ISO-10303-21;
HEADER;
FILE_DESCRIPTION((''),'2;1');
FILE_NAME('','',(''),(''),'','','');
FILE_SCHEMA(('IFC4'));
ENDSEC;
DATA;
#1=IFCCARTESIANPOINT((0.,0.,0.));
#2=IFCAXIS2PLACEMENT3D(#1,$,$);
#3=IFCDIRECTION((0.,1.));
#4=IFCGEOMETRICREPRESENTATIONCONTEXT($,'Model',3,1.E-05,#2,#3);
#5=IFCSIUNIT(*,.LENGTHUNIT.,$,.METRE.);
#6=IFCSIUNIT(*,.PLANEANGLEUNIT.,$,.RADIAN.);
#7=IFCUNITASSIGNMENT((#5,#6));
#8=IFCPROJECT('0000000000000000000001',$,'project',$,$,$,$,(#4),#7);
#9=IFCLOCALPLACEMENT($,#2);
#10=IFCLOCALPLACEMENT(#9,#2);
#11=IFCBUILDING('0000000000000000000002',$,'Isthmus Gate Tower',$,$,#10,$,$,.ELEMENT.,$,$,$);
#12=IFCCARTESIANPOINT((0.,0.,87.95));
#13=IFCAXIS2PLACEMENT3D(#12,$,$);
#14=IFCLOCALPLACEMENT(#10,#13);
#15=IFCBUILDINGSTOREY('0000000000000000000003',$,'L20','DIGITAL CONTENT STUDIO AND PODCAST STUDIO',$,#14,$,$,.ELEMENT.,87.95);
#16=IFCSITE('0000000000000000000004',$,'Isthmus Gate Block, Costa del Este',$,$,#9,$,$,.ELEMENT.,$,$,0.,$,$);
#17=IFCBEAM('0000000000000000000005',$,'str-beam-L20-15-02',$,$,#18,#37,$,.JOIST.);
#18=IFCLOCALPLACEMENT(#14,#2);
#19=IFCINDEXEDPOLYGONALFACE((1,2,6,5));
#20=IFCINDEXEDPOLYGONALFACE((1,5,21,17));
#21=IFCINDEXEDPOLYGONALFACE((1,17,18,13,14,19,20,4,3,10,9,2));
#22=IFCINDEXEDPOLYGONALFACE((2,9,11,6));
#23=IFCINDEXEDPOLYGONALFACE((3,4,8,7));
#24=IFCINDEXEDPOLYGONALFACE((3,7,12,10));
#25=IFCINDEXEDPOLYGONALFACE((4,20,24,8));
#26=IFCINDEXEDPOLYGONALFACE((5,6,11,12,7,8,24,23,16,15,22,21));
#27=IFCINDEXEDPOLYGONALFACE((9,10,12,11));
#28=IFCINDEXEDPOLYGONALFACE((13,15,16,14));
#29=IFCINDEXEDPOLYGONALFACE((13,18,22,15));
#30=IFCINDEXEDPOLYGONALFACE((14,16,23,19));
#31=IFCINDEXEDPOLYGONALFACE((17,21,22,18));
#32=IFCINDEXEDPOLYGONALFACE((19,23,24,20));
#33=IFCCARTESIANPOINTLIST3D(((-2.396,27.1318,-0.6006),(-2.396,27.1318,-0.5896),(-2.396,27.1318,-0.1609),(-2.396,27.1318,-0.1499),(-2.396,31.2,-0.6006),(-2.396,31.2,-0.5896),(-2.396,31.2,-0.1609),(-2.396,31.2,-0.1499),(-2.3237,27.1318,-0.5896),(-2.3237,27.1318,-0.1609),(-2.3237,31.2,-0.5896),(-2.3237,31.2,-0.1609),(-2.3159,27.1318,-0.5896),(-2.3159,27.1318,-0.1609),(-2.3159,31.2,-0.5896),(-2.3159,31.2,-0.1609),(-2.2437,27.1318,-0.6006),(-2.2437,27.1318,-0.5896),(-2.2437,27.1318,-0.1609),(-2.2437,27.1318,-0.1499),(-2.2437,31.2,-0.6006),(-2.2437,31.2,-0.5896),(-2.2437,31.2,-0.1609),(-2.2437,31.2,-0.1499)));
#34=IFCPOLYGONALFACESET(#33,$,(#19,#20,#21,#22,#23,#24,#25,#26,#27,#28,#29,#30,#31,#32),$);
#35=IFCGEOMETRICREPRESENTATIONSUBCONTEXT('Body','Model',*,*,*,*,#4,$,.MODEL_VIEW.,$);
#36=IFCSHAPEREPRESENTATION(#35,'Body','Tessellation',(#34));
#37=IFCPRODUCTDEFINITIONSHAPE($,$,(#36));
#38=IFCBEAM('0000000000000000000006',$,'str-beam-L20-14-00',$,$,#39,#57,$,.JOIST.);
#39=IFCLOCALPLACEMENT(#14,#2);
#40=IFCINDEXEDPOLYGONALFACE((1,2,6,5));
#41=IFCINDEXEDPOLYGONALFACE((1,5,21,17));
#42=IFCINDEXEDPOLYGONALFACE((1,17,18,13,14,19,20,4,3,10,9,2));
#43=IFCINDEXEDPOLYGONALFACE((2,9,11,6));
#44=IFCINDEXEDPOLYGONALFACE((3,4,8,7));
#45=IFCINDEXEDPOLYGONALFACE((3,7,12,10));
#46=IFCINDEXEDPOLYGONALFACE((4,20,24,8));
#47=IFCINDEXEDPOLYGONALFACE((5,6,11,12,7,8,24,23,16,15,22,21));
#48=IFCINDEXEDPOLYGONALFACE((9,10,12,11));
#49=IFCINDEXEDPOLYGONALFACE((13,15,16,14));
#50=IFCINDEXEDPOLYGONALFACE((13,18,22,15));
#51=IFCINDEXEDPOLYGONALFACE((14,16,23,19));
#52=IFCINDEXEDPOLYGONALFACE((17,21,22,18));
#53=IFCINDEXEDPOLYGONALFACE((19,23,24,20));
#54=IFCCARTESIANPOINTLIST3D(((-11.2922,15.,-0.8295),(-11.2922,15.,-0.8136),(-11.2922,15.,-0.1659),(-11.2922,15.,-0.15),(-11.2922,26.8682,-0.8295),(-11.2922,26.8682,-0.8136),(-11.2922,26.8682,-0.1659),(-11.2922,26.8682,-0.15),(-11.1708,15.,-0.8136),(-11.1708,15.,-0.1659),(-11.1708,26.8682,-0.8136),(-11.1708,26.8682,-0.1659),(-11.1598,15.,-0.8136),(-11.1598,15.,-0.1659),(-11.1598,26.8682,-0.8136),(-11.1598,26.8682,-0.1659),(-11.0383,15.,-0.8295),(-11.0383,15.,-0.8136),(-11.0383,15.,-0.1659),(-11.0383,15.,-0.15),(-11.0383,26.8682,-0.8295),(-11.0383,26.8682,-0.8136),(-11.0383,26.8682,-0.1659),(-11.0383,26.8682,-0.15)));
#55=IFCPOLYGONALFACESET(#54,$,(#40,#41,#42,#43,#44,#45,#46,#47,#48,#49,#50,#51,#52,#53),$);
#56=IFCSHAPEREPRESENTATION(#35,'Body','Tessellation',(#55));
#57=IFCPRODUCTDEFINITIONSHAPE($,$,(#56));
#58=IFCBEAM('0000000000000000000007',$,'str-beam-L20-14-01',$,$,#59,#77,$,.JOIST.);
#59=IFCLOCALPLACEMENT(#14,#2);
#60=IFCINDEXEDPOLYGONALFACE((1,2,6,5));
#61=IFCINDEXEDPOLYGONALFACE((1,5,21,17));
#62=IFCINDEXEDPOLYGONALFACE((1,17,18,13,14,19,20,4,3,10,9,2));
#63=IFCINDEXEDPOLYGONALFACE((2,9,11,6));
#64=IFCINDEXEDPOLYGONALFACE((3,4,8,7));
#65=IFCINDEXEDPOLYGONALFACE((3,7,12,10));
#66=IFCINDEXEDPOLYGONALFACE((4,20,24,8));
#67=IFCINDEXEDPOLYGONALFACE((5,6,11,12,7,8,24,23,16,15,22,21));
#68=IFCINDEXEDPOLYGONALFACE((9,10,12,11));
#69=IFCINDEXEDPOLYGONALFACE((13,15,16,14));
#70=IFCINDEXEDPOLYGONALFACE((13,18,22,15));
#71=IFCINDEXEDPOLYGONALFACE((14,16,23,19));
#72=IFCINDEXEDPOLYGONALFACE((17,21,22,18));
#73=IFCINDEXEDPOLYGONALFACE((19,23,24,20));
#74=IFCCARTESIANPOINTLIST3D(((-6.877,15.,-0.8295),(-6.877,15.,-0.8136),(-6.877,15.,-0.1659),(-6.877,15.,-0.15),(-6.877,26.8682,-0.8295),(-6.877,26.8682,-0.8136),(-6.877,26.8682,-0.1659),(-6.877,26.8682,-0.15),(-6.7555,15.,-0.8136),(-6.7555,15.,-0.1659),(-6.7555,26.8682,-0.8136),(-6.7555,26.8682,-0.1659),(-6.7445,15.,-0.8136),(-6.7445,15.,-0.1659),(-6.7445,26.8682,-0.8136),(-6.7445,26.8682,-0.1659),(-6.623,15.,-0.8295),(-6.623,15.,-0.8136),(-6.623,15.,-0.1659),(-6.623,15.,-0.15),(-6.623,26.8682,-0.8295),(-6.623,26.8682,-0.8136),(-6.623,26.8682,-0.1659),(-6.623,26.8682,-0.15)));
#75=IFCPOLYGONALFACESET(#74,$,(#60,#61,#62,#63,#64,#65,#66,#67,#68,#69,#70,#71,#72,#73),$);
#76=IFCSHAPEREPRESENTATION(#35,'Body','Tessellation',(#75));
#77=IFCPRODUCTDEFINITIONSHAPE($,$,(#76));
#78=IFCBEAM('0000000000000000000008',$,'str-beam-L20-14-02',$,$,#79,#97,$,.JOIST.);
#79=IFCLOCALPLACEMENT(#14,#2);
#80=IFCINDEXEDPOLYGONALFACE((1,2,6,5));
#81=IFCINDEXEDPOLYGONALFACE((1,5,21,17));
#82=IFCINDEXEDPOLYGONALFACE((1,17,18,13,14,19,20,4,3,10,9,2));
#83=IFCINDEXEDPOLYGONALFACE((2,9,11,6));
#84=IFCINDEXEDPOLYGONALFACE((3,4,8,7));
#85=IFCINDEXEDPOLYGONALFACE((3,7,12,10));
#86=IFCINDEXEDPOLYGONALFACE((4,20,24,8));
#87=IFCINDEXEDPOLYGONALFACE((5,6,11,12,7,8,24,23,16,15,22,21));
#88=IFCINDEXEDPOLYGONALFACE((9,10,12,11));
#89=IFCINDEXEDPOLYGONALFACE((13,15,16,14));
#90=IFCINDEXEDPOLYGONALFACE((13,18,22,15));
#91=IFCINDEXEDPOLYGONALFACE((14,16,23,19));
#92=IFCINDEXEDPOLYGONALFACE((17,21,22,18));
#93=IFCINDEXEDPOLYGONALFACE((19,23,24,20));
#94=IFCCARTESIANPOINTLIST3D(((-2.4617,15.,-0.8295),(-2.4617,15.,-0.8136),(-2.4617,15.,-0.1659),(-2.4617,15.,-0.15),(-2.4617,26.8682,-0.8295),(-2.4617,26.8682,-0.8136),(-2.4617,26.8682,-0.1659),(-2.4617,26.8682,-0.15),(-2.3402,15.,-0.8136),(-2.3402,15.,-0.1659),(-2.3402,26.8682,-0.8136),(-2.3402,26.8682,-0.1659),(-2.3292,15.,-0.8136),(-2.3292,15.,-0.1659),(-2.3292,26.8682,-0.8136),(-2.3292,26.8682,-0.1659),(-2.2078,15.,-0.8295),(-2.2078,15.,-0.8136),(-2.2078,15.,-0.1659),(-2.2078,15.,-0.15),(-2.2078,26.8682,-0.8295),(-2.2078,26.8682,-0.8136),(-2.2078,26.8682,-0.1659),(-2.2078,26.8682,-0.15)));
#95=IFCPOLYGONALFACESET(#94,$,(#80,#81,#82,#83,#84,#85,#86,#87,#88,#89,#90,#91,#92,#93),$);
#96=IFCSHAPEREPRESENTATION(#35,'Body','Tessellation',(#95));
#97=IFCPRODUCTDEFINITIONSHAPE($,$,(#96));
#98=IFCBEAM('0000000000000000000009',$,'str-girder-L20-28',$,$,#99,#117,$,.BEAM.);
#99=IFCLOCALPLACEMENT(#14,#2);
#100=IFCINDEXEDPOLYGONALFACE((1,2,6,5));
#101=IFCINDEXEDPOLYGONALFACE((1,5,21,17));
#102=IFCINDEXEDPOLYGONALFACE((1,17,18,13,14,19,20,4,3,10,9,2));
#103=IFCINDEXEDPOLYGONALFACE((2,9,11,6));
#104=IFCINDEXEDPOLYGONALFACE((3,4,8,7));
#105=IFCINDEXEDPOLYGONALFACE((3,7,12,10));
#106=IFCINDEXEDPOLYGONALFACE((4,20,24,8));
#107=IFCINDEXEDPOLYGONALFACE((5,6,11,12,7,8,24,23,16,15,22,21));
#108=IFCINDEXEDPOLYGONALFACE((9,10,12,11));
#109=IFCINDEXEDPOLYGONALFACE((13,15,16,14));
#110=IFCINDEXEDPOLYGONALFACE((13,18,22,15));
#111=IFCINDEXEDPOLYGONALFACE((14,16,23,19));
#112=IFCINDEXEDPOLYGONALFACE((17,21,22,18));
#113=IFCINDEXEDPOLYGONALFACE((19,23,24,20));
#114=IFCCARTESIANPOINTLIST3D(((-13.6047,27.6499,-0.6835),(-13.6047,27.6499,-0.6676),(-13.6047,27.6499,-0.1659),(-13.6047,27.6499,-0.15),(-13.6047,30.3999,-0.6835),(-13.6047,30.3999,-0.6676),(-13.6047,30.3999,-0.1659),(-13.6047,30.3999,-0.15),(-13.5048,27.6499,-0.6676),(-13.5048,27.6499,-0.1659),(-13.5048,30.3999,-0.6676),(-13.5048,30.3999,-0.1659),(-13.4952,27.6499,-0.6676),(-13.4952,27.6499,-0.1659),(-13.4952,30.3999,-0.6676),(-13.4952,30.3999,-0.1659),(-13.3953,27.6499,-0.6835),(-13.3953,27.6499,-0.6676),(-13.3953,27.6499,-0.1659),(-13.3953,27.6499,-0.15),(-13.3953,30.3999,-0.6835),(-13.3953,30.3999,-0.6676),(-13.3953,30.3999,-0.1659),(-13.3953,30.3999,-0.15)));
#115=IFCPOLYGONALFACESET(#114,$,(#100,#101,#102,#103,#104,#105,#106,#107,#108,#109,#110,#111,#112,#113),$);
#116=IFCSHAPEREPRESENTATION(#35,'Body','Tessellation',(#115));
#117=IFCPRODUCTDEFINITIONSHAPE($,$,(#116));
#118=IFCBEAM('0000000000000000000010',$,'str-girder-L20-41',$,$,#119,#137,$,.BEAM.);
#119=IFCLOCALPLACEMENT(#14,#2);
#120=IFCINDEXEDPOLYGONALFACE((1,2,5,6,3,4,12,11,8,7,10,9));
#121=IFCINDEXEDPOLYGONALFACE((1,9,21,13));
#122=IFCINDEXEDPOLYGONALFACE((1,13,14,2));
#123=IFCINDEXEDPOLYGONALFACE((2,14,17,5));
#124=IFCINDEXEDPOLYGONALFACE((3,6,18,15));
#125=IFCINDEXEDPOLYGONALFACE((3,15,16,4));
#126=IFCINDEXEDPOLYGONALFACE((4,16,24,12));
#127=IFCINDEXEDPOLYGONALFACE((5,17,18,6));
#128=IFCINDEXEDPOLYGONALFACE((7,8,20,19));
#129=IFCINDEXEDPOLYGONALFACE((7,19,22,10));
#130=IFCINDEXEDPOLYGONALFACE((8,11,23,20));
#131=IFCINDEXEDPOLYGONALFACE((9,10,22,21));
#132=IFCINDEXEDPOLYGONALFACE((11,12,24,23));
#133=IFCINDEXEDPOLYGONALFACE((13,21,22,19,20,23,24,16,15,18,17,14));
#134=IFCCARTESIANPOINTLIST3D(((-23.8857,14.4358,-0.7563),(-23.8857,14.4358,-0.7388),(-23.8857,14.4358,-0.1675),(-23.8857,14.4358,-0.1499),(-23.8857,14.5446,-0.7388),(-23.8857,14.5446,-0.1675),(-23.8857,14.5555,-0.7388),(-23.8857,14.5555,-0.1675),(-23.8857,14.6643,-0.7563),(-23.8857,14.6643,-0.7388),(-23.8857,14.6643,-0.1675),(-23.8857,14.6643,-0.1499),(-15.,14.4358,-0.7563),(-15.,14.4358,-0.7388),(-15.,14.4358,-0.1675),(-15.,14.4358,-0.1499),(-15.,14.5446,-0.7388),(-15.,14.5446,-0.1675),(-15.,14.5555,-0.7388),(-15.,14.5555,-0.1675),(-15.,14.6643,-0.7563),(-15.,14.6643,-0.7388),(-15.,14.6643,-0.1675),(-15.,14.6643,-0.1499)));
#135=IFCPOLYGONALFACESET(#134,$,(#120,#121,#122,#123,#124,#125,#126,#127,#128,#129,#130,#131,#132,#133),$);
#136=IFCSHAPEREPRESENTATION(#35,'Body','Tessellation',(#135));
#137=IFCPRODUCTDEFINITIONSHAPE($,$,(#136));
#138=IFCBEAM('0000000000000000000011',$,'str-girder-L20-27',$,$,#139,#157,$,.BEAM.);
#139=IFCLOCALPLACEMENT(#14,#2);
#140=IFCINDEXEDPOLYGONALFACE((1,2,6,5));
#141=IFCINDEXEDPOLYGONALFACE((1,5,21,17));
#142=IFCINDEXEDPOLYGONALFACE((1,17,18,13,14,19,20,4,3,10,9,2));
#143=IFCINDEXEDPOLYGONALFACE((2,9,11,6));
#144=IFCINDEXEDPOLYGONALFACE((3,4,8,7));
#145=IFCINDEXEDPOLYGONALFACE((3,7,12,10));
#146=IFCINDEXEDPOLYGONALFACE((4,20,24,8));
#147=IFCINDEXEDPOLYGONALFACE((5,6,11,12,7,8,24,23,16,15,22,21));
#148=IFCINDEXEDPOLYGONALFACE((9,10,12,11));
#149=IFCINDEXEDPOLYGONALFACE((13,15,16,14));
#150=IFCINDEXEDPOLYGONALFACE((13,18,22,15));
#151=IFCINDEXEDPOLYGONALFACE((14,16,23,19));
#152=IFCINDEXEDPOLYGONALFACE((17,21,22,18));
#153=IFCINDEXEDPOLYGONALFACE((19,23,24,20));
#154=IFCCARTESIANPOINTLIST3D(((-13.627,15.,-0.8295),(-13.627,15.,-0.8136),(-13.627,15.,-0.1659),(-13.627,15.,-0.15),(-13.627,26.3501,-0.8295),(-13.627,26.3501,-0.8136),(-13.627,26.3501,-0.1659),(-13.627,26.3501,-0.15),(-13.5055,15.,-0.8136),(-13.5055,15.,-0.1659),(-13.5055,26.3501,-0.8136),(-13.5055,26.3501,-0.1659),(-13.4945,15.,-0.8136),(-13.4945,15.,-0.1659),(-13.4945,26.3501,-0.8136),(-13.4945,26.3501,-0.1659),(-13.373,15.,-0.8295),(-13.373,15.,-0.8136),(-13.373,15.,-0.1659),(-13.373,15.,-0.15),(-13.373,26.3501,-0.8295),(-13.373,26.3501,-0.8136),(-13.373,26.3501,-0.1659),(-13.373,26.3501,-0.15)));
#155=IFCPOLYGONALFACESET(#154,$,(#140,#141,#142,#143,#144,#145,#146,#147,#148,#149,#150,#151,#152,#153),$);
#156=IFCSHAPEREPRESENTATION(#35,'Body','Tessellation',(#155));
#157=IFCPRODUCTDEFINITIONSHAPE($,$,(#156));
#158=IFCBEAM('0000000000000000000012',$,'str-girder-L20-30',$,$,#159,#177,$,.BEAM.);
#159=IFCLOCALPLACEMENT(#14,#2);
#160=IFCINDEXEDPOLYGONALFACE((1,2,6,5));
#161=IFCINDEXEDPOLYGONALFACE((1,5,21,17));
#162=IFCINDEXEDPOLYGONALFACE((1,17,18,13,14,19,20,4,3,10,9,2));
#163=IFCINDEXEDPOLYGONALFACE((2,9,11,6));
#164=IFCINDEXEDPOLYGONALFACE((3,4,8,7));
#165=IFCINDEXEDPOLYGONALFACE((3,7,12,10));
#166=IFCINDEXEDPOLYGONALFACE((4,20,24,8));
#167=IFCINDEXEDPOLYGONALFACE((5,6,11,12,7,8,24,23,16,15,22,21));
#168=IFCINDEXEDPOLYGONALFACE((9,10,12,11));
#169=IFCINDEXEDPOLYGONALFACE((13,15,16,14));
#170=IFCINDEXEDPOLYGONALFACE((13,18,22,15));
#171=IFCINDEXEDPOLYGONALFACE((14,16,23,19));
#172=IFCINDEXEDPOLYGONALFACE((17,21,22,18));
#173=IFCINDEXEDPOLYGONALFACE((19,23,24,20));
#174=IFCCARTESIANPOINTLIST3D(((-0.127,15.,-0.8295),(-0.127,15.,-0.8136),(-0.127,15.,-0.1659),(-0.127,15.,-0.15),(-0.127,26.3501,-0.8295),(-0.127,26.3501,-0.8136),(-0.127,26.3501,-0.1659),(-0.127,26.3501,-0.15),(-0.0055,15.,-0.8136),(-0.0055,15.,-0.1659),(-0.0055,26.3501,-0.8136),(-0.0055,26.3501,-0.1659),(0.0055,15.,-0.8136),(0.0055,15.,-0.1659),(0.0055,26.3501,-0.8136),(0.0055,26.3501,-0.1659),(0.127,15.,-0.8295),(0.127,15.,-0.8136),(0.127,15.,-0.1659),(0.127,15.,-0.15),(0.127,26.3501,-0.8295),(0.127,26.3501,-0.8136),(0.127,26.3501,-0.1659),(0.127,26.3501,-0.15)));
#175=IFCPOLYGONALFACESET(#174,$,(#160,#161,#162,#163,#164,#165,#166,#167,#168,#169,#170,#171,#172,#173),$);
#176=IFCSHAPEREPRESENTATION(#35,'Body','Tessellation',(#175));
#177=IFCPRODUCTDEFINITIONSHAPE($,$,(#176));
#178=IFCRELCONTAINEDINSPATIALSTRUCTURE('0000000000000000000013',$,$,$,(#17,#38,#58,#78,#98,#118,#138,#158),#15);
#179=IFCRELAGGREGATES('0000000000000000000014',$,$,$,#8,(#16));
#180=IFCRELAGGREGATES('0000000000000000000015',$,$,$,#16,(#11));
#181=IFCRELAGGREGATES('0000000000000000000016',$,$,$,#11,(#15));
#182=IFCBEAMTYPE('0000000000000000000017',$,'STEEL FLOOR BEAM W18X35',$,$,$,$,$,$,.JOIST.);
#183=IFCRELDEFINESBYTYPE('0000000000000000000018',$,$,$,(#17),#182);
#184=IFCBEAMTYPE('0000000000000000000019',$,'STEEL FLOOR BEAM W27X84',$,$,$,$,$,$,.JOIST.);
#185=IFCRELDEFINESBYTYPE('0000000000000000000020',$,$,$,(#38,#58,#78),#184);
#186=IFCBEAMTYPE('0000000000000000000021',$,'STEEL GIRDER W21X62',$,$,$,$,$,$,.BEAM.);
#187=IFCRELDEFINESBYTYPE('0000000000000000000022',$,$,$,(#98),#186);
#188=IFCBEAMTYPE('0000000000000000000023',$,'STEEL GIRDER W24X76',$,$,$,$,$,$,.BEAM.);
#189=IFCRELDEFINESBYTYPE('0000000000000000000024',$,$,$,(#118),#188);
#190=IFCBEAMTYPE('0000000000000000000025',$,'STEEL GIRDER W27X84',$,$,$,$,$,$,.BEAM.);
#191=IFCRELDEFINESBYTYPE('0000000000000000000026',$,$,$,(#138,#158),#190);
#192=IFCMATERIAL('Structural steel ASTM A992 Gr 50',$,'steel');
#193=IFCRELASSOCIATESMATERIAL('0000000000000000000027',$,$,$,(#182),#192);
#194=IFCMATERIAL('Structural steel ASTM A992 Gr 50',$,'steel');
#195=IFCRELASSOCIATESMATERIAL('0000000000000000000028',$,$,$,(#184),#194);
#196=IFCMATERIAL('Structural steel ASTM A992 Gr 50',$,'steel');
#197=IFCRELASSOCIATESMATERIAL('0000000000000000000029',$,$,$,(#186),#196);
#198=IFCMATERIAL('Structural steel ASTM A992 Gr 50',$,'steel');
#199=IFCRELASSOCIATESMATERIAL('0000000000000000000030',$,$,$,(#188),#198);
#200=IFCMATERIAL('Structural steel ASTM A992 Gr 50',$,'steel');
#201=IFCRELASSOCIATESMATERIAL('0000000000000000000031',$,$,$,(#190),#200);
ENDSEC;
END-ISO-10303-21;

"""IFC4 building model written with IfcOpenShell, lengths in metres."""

from ifc_helpers import new_model, si_unit, direction, frame, origin, origin_2d, place, context, subcontext, project, spatial, i_section, extrude, material, material_profile, profile_set, type_object, element, save


model = new_model("IFC4")

# Units and contexts
model_context = context("Model", 3, precision=1e-05, world=origin(), true_north=direction((0.0, 1.0)))
body_context = subcontext(model_context, "Body", "Model", "MODEL_VIEW")
ifc_project = project(units=[si_unit("LENGTHUNIT", "METRE"), si_unit("PLANEANGLEUNIT", "RADIAN")], contexts=[model_context])

# Site, building, storey
site_placement = place(None, origin())
site = spatial("IfcSite", under=ifc_project, at=site_placement, Name="Isthmus Gate Block, Costa del Este", CompositionType="ELEMENT", RefElevation=0.0)
building_placement = place(site_placement, origin())
building = spatial("IfcBuilding", under=site, at=building_placement, Name="Isthmus Gate Tower", CompositionType="ELEMENT")
storey_placement = place(building_placement, frame((0.0, 0.0, 87.95)))
storey = spatial("IfcBuildingStorey", under=building, at=storey_placement, Name="L20", Description="DIGITAL CONTENT STUDIO AND PODCAST STUDIO", CompositionType="ELEMENT", Elevation=87.95)

# Beams
ifc_material_1 = material(Name="Structural steel ASTM A992 Gr 50", Category="steel")
ifc_material_profile_1 = material_profile(ifc_material_1, i_section(OverallWidth=0.1523, OverallDepth=0.4507, WebThickness=0.0078, FlangeThickness=0.011, at=origin_2d()), Name="W18X35")
ifc_profile_set_1 = profile_set([ifc_material_profile_1], Name="Structural steel ASTM A992 Gr 50")
beam_type_1 = type_object("IfcBeamType", Name="STEEL FLOOR BEAM W18X35", PredefinedType="JOIST", material=ifc_profile_set_1)
for number, where, z_axis, x_axis, name in (
    (1, (-2.3198, 27.1318, -0.3752), (0.0, 1.0, 0.0), (-1.0, 0.0, 0.0), "str-beam-L20-15-02"),
):
    element("IfcBeam", number, at=place(storey_placement, frame(where, z_axis=z_axis, x_axis=x_axis)), inside=storey, type_object=beam_type_1, Name=name, PredefinedType="JOIST", context=body_context, shape_type="SweptSolid", body=[
        extrude(i_section(OverallWidth=0.1523, OverallDepth=0.4507, WebThickness=0.0078, FlangeThickness=0.011, at=origin_2d()), origin(), (0.0, 0.0, 1.0), 4.0681),
    ])
ifc_material_2 = material(Name="Structural steel ASTM A992 Gr 50", Category="steel")
ifc_material_profile_2 = material_profile(ifc_material_2, i_section(OverallWidth=0.2539, OverallDepth=0.6794, WebThickness=0.011, FlangeThickness=0.0159, at=origin_2d()), Name="W27X84")
ifc_profile_set_2 = profile_set([ifc_material_profile_2], Name="Structural steel ASTM A992 Gr 50")
beam_type_2 = type_object("IfcBeamType", Name="STEEL FLOOR BEAM W27X84", PredefinedType="JOIST", material=ifc_profile_set_2)
for number, where, z_axis, x_axis, name in (
    (2, (-11.1653, 15.0, -0.4897), (0.0, 1.0, 0.0), (-1.0, 0.0, 0.0), "str-beam-L20-14-00"),
    (3, (-6.75, 15.0, -0.4897), (0.0, 1.0, 0.0), (-1.0, 0.0, 0.0), "str-beam-L20-14-01"),
    (4, (-2.3347, 15.0, -0.4897), (0.0, 1.0, 0.0), (-1.0, 0.0, 0.0), "str-beam-L20-14-02"),
):
    element("IfcBeam", number, at=place(storey_placement, frame(where, z_axis=z_axis, x_axis=x_axis)), inside=storey, type_object=beam_type_2, Name=name, PredefinedType="JOIST", context=body_context, shape_type="SweptSolid", body=[
        extrude(i_section(OverallWidth=0.2539, OverallDepth=0.6794, WebThickness=0.011, FlangeThickness=0.0159, at=origin_2d()), origin(), (0.0, 0.0, 1.0), 11.8682),
    ])
ifc_material_3 = material(Name="Structural steel ASTM A992 Gr 50", Category="steel")
ifc_material_profile_3 = material_profile(ifc_material_3, i_section(OverallWidth=0.2095, OverallDepth=0.5334, WebThickness=0.0095, FlangeThickness=0.0159, at=origin_2d()), Name="W21X62")
ifc_profile_set_3 = profile_set([ifc_material_profile_3], Name="Structural steel ASTM A992 Gr 50")
beam_type_3 = type_object("IfcBeamType", Name="STEEL GIRDER W21X62", PredefinedType="BEAM", material=ifc_profile_set_3)
beam_1_placement = place(storey_placement, frame((-13.5, 27.6499, -0.4167), z_axis=(0.0, 1.0, 0.0), x_axis=(-1.0, 0.0, 0.0)))
element("IfcBeam", 5, at=beam_1_placement, inside=storey, type_object=beam_type_3, Name="str-girder-L20-28", PredefinedType="BEAM", context=body_context, shape_type="SweptSolid", body=[
    extrude(i_section(OverallWidth=0.2095, OverallDepth=0.5334, WebThickness=0.0095, FlangeThickness=0.0159, at=origin_2d()), origin(), (0.0, 0.0, 1.0), 2.75),
])
ifc_material_4 = material(Name="Structural steel ASTM A992 Gr 50", Category="steel")
ifc_material_profile_4 = material_profile(ifc_material_4, i_section(OverallWidth=0.2285, OverallDepth=0.6064, WebThickness=0.011, FlangeThickness=0.0176, at=origin_2d()), Name="W24X76")
ifc_profile_set_4 = profile_set([ifc_material_profile_4], Name="Structural steel ASTM A992 Gr 50")
beam_type_4 = type_object("IfcBeamType", Name="STEEL GIRDER W24X76", PredefinedType="BEAM", material=ifc_profile_set_4)
beam_2_placement = place(storey_placement, frame((-15.0, 14.55, -0.4531), z_axis=(-1.0, 0.0, 0.0), x_axis=(0.0, -1.0, 0.0)))
element("IfcBeam", 6, at=beam_2_placement, inside=storey, type_object=beam_type_4, Name="str-girder-L20-41", PredefinedType="BEAM", context=body_context, shape_type="SweptSolid", body=[
    extrude(i_section(OverallWidth=0.2285, OverallDepth=0.6064, WebThickness=0.011, FlangeThickness=0.0176, at=origin_2d()), origin(), (0.0, 0.0, 1.0), 8.8857),
])
ifc_material_5 = material(Name="Structural steel ASTM A992 Gr 50", Category="steel")
ifc_material_profile_5 = material_profile(ifc_material_5, i_section(OverallWidth=0.2539, OverallDepth=0.6794, WebThickness=0.011, FlangeThickness=0.0159, at=origin_2d()), Name="W27X84")
ifc_profile_set_5 = profile_set([ifc_material_profile_5], Name="Structural steel ASTM A992 Gr 50")
beam_type_5 = type_object("IfcBeamType", Name="STEEL GIRDER W27X84", PredefinedType="BEAM", material=ifc_profile_set_5)
for number, where, z_axis, x_axis, name in (
    (7, (-13.5, 15.0, -0.4897), (0.0, 1.0, 0.0), (-1.0, 0.0, 0.0), "str-girder-L20-27"),
    (8, (0.0, 15.0, -0.4897), (0.0, 1.0, 0.0), (-1.0, 0.0, 0.0), "str-girder-L20-30"),
):
    element("IfcBeam", number, at=place(storey_placement, frame(where, z_axis=z_axis, x_axis=x_axis)), inside=storey, type_object=beam_type_5, Name=name, PredefinedType="BEAM", context=body_context, shape_type="SweptSolid", body=[
        extrude(i_section(OverallWidth=0.2539, OverallDepth=0.6794, WebThickness=0.011, FlangeThickness=0.0159, at=origin_2d()), origin(), (0.0, 0.0, 1.0), 11.3501),
    ])

save(model, "model.ifc")
